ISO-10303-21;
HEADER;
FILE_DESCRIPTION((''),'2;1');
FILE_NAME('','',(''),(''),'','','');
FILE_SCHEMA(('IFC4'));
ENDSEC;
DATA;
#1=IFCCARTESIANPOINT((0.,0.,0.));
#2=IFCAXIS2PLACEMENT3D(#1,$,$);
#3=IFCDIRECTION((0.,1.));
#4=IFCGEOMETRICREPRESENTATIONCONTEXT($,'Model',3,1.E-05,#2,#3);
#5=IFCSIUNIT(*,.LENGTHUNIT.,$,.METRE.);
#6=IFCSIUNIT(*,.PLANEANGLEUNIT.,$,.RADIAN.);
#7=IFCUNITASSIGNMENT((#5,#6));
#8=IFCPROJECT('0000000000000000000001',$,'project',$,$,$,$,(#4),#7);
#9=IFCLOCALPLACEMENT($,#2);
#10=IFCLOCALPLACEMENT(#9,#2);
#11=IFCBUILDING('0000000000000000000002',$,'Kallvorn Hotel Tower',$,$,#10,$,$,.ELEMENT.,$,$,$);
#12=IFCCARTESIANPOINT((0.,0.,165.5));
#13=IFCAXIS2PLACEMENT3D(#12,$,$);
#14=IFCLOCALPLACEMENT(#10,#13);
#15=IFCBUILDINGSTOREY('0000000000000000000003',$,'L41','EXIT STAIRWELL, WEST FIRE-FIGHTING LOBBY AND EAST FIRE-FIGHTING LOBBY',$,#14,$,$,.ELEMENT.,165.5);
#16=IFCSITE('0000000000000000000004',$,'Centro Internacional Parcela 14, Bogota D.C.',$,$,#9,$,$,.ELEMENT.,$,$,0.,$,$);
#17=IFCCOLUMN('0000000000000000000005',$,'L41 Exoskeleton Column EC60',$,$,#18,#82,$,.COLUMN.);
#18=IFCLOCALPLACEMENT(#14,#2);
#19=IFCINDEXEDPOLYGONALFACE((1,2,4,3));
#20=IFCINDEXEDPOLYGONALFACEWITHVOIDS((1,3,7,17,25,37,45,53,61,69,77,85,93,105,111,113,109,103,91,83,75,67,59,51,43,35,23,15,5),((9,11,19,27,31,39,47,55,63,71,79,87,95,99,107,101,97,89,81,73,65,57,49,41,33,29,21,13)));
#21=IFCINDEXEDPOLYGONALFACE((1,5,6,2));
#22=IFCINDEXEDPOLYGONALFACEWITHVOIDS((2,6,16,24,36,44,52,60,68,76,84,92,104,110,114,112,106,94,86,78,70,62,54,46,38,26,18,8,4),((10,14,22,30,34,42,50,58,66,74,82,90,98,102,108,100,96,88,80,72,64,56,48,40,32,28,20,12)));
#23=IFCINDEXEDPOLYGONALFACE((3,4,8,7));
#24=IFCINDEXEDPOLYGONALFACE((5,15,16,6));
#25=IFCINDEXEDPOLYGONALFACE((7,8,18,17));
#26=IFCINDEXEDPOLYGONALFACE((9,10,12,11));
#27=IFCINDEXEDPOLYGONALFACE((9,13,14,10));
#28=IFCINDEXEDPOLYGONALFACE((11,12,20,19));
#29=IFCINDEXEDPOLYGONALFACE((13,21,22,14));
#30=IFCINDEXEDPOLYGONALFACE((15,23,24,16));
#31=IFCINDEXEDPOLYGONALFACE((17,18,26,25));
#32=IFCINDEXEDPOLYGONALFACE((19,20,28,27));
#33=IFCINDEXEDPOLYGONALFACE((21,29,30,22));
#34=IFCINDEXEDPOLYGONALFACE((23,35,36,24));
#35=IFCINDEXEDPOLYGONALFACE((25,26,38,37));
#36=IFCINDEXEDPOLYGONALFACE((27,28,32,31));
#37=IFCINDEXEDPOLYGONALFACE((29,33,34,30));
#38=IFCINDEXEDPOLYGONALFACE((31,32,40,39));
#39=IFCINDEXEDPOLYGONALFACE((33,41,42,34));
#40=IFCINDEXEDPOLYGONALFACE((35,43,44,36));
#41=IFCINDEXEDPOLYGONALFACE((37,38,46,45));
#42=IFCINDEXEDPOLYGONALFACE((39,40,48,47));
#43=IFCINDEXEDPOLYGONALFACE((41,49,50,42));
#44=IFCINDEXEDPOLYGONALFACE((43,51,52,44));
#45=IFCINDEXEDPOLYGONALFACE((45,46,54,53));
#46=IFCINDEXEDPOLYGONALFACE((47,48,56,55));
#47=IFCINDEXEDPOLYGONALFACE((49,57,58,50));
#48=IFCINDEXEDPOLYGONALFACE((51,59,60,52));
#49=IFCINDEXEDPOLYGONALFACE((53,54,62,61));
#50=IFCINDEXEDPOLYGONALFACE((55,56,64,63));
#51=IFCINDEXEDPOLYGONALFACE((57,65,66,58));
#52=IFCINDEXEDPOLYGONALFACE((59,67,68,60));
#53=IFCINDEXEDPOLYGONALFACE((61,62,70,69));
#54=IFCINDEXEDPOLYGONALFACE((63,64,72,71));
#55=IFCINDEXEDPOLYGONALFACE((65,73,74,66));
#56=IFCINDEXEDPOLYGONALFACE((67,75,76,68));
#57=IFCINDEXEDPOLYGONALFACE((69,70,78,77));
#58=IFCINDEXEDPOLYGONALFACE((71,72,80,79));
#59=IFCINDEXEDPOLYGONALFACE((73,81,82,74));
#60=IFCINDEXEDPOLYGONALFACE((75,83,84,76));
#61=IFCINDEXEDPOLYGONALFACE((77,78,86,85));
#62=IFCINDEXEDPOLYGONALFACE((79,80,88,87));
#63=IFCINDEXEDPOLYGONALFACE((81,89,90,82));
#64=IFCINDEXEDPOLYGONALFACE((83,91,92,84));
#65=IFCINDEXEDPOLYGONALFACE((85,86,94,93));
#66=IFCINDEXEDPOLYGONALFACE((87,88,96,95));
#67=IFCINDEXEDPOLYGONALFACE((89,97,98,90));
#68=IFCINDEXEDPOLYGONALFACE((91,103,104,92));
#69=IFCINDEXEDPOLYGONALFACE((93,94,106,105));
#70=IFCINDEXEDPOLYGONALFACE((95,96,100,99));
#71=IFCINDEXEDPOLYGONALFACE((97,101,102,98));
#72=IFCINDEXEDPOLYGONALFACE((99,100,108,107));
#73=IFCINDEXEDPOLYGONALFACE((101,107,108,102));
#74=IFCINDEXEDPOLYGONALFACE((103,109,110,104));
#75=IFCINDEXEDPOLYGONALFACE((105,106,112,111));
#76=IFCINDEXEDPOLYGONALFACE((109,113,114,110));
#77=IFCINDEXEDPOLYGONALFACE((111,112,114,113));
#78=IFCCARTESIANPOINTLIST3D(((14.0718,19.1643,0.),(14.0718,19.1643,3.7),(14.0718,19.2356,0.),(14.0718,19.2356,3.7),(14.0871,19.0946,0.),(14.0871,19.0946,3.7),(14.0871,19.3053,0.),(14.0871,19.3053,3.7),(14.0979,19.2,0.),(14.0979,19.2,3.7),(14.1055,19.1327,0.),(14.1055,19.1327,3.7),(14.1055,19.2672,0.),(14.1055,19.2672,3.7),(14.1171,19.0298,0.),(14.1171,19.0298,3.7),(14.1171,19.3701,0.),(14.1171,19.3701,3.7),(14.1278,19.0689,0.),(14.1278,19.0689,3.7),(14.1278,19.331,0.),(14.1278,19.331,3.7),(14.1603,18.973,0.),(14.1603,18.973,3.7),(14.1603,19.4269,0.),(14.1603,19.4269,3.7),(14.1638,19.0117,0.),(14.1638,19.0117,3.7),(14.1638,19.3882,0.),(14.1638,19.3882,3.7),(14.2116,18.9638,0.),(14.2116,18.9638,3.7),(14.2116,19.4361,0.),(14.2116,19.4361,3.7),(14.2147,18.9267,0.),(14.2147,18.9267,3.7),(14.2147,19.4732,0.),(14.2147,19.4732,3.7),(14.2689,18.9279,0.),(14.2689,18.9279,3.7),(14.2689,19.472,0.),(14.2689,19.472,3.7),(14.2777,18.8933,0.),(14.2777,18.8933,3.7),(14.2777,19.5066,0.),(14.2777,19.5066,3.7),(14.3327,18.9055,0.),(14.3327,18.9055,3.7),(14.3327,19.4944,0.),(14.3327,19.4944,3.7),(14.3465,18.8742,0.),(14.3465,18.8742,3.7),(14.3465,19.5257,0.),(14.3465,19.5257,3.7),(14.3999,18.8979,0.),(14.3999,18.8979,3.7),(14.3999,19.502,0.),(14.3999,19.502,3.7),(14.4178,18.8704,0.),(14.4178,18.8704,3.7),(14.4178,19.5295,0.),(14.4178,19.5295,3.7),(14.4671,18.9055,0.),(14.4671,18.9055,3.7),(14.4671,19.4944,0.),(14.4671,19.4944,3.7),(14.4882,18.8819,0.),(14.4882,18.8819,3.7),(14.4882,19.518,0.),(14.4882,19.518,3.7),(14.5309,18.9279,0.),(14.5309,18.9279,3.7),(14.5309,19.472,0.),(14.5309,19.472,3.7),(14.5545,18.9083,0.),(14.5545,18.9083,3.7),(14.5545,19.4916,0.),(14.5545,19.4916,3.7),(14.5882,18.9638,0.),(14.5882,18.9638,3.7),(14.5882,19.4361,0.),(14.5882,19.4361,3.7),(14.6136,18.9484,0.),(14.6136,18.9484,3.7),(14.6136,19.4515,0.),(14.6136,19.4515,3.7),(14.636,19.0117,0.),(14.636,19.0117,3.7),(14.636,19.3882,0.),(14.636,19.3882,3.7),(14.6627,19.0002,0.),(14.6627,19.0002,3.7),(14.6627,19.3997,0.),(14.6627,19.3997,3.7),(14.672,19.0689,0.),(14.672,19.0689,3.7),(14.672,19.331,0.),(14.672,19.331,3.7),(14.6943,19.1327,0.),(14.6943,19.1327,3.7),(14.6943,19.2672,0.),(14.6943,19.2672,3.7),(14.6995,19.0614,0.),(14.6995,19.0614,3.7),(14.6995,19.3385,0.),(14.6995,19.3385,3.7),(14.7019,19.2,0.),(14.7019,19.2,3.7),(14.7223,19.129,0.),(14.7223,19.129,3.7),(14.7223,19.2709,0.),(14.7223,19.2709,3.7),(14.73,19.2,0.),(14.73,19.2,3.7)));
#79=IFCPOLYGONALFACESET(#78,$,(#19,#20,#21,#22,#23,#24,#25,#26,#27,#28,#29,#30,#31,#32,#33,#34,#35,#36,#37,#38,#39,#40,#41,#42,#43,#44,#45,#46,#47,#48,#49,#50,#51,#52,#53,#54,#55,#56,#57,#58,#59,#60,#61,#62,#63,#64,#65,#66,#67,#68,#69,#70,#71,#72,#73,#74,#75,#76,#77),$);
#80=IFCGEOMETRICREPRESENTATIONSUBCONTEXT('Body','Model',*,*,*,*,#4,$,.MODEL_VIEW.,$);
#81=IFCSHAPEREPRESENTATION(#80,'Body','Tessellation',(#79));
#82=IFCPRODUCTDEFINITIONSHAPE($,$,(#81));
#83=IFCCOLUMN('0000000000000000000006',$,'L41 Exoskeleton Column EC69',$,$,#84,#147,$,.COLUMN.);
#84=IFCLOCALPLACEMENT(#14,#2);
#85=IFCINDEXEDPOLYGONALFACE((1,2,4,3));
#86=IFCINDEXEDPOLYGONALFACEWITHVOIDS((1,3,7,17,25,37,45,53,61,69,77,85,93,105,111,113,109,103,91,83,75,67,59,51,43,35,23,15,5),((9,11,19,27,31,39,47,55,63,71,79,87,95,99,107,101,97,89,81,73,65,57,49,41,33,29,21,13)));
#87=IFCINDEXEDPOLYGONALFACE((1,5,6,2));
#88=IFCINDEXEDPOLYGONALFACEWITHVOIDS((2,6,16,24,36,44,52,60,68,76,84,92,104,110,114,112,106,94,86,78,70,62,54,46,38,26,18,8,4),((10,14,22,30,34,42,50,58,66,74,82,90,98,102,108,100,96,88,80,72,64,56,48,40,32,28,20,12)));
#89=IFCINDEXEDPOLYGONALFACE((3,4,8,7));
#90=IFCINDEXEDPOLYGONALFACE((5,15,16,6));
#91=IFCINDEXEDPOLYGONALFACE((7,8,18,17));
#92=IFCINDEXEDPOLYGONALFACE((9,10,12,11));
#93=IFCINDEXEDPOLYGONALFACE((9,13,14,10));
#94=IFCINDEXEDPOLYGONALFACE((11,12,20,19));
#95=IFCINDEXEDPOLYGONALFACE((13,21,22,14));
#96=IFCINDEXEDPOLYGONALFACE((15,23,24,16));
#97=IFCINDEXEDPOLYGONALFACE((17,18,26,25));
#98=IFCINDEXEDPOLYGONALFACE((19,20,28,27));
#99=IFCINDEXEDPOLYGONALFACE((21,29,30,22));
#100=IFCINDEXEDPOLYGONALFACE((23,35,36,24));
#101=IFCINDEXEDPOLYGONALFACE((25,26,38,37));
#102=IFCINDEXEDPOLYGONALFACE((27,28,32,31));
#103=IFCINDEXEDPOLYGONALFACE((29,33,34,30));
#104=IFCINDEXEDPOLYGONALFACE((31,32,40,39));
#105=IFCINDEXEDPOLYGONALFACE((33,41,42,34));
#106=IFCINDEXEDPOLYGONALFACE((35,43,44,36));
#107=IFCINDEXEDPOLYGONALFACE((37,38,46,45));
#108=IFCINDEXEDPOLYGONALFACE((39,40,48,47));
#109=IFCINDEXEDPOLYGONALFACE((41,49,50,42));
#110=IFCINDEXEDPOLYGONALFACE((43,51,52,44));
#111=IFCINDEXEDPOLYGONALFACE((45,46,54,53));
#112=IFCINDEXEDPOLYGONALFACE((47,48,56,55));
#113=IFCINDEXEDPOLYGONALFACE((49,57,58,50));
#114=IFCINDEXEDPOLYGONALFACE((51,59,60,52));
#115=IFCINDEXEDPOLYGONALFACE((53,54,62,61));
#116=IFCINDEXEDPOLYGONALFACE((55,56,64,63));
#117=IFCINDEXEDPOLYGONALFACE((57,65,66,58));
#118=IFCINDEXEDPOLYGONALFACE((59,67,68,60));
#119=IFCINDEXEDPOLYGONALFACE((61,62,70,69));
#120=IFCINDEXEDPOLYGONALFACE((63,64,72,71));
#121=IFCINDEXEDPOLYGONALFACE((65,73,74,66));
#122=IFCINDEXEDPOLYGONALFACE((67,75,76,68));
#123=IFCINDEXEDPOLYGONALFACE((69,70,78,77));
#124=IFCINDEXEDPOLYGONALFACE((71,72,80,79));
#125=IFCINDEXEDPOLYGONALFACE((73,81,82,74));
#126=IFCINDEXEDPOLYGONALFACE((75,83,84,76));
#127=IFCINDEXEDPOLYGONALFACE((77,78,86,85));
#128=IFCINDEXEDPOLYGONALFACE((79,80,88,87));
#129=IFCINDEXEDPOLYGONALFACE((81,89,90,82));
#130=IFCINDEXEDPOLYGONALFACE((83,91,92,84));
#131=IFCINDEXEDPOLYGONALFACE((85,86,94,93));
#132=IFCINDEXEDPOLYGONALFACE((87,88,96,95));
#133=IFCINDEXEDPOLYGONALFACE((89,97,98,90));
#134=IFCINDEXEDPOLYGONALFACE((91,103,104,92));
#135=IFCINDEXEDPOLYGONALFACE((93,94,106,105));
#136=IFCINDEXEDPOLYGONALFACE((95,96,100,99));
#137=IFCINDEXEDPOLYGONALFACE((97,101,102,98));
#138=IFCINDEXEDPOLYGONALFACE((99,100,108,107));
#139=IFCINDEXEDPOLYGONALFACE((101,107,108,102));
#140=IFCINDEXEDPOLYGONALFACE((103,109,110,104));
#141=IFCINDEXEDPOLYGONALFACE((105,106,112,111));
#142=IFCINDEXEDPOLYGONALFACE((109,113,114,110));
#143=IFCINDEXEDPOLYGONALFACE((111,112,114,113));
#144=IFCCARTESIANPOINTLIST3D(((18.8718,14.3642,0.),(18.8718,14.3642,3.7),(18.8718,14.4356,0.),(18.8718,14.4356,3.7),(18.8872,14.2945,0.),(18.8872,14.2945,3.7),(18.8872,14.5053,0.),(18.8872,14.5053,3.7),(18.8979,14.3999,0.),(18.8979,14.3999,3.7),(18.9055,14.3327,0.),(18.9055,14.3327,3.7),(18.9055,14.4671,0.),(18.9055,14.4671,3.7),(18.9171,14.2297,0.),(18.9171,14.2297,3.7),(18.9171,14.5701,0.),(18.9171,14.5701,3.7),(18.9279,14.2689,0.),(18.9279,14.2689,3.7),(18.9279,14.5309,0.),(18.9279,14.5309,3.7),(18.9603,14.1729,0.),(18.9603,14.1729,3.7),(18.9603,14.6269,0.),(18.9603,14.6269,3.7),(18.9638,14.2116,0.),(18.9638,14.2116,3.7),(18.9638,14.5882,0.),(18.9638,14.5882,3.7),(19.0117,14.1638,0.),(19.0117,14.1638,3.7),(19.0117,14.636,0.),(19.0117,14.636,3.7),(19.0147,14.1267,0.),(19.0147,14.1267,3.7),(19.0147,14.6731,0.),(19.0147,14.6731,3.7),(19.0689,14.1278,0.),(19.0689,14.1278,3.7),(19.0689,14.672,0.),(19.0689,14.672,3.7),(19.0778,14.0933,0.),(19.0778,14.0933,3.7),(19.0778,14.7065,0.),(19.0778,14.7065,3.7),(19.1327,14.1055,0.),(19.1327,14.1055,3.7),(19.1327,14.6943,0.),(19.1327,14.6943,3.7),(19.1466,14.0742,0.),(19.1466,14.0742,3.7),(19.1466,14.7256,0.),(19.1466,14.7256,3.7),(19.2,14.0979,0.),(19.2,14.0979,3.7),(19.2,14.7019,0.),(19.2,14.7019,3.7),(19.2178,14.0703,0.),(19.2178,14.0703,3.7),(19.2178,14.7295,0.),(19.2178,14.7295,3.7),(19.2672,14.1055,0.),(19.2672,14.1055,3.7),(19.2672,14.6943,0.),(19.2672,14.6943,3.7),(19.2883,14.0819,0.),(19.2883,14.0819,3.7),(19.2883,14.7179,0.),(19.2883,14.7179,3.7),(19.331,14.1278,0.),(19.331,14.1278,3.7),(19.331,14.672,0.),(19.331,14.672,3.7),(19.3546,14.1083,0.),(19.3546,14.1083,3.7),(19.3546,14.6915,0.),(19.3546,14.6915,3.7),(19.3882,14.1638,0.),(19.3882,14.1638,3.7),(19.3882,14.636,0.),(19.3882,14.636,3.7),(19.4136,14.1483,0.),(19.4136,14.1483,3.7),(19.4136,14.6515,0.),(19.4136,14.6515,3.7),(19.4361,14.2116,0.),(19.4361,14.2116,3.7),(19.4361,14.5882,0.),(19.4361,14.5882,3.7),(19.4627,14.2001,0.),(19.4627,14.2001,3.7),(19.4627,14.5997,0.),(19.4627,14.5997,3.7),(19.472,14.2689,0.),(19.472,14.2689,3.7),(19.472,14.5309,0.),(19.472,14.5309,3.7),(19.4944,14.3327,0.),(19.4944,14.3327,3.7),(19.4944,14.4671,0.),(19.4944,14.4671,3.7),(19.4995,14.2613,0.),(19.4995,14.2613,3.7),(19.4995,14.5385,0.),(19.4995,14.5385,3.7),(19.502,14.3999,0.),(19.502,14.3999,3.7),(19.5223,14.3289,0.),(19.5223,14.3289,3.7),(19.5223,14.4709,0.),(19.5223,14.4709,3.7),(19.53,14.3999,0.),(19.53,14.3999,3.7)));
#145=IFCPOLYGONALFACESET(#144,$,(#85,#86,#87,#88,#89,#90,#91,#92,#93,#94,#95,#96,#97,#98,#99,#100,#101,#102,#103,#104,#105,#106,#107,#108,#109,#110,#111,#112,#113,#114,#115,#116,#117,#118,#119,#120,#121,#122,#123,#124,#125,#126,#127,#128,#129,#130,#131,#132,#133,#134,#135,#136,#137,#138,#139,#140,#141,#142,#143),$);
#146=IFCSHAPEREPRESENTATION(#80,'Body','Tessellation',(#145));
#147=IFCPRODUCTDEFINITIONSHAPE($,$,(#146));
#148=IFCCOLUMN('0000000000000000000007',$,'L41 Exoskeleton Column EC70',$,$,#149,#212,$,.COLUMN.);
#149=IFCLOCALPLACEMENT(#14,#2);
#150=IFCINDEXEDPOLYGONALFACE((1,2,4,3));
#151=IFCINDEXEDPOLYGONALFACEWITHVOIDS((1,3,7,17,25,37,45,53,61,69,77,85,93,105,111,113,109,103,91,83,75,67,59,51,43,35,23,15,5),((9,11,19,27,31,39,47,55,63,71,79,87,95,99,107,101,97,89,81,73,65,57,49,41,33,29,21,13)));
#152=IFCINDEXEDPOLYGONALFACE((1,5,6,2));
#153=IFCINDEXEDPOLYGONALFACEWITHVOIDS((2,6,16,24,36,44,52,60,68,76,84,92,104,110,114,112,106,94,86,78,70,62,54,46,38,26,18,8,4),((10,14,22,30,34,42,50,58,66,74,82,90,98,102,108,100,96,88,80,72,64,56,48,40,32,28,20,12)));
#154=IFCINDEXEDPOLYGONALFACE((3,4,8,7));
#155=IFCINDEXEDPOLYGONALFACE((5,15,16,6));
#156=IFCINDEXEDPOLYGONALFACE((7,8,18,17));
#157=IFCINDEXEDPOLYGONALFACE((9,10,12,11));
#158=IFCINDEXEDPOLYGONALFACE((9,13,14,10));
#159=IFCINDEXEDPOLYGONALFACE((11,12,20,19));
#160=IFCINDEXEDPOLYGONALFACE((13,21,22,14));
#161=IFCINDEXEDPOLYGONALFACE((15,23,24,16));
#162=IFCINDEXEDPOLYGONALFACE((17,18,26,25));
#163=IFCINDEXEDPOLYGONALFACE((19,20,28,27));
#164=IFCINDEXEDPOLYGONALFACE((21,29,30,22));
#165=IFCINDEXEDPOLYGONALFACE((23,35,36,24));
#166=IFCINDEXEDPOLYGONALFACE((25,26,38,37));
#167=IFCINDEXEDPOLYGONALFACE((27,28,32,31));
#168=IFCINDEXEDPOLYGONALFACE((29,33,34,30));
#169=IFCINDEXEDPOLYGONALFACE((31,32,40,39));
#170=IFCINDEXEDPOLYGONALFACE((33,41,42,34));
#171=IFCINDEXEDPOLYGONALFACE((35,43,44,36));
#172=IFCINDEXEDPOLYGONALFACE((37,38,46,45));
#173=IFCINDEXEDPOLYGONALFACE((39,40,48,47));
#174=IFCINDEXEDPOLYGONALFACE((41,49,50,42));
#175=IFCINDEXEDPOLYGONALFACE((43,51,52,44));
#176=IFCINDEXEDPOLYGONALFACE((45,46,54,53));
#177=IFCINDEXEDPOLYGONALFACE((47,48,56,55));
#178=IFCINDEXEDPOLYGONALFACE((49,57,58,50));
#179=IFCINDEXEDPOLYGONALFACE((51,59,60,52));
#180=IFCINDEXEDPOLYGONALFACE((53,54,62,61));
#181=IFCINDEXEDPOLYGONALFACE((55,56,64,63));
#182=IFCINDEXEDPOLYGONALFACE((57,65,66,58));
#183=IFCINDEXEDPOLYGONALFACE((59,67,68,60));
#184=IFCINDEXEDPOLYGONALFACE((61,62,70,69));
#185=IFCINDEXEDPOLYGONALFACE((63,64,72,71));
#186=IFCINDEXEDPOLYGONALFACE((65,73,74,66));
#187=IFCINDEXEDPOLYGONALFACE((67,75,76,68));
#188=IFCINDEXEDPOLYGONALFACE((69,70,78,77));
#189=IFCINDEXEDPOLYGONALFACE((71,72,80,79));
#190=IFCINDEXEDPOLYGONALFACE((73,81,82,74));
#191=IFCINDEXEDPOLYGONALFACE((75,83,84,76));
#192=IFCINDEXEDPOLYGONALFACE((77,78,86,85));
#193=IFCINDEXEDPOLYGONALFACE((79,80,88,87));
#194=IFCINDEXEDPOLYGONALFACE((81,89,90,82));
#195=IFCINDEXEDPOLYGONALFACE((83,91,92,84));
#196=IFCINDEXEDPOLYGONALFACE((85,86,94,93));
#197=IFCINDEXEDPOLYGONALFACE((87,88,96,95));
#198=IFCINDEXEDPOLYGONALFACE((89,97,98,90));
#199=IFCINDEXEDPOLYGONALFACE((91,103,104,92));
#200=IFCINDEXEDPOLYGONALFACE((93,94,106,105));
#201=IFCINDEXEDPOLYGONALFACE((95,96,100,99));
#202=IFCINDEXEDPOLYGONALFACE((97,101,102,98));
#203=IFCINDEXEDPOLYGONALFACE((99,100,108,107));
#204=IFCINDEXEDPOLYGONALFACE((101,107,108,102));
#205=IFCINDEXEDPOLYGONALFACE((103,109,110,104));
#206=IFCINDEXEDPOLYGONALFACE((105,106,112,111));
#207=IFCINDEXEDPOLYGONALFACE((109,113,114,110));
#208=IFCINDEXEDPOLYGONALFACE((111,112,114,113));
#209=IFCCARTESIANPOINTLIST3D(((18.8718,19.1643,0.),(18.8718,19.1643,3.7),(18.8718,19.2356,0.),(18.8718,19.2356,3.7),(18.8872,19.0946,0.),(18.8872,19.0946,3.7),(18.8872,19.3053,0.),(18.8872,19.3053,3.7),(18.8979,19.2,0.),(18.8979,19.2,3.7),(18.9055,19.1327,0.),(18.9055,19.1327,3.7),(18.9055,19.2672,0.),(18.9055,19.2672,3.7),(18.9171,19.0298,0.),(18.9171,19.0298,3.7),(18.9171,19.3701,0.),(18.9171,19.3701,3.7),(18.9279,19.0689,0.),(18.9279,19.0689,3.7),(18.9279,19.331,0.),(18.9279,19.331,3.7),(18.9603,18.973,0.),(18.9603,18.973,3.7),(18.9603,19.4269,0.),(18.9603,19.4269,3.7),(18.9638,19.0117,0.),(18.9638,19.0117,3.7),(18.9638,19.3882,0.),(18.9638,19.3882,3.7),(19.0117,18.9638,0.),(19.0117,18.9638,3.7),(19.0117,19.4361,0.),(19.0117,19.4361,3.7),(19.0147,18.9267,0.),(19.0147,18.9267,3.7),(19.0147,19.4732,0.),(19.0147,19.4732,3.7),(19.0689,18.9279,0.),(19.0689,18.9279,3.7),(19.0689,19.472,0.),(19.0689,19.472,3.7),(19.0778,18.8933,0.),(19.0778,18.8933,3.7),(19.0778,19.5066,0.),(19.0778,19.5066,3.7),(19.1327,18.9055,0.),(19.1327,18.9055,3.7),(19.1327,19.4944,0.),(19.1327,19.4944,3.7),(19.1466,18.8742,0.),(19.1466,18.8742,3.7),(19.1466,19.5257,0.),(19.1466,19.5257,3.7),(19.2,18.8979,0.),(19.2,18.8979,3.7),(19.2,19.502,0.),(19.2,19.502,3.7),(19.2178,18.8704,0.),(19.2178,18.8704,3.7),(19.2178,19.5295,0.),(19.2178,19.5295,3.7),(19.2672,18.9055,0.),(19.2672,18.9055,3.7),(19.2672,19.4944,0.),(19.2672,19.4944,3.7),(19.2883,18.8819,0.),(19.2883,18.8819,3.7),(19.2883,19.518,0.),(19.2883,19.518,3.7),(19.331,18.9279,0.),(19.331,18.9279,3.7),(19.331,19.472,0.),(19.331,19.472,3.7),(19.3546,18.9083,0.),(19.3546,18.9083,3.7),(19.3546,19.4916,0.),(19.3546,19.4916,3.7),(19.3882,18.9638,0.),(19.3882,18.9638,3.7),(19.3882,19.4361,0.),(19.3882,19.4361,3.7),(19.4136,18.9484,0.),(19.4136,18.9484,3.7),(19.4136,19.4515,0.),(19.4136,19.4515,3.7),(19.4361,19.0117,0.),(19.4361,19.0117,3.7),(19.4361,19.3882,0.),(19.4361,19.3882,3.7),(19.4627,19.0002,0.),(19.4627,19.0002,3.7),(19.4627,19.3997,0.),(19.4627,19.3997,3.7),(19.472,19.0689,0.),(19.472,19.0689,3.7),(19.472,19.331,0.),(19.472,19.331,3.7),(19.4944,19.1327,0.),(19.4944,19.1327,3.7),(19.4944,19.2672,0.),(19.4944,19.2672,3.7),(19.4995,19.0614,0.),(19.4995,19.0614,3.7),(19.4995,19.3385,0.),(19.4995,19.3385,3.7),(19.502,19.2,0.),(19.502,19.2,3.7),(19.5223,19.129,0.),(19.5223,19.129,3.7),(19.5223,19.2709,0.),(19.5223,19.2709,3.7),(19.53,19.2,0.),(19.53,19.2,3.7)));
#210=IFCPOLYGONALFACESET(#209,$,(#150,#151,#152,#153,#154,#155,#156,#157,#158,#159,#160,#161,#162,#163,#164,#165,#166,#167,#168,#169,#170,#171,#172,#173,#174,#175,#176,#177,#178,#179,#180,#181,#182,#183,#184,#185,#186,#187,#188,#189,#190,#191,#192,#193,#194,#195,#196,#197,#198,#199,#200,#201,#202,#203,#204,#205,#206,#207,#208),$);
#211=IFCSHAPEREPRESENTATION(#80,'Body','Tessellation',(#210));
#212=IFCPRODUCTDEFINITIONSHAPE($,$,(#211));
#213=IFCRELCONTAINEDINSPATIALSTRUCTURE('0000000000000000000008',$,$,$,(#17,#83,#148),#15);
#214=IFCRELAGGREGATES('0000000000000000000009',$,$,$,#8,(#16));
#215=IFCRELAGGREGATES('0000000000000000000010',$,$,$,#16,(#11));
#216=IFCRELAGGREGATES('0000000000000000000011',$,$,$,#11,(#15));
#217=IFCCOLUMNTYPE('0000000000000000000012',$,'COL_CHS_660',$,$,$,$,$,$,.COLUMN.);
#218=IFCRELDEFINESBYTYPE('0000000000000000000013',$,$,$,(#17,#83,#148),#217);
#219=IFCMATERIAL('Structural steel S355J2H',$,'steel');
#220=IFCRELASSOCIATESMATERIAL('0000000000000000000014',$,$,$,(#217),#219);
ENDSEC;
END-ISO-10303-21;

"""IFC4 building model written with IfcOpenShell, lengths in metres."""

from ifc_helpers import new_model, si_unit, direction, frame, origin, origin_2d, place, context, subcontext, project, spatial, hollow_circle, extrude, material, material_profile, profile_set, type_object, element, save


model = new_model("IFC4")

# Units and contexts
model_context = context("Model", 3, precision=1e-05, world=origin(), true_north=direction((0.0, 1.0)))
body_context = subcontext(model_context, "Body", "Model", "MODEL_VIEW")
ifc_project = project(units=[si_unit("LENGTHUNIT", "METRE"), si_unit("PLANEANGLEUNIT", "RADIAN")], contexts=[model_context])

# Site, building, storey
site_placement = place(None, origin())
site = spatial("IfcSite", under=ifc_project, at=site_placement, Name="Centro Internacional Parcela 14, Bogota D.C.", CompositionType="ELEMENT", RefElevation=0.0)
building_placement = place(site_placement, origin())
building = spatial("IfcBuilding", under=site, at=building_placement, Name="Kallvorn Hotel Tower", CompositionType="ELEMENT")
storey_placement = place(building_placement, frame((0.0, 0.0, 165.5)))
storey = spatial("IfcBuildingStorey", under=building, at=storey_placement, Name="L41", Description="EXIT STAIRWELL, WEST FIRE-FIGHTING LOBBY AND EAST FIRE-FIGHTING LOBBY", CompositionType="ELEMENT", Elevation=165.5)

# Columns
ifc_material_1 = material(Name="Structural steel S355J2H", Category="steel")
ifc_material_profile_1 = material_profile(ifc_material_1, hollow_circle(Radius=0.3301, WallThickness=0.0281, at=origin_2d()), Name="CHS 660x28")
ifc_profile_set_1 = profile_set([ifc_material_profile_1], Name="Structural steel S355J2H")
column_type_1 = type_object("IfcColumnType", Name="COL_CHS_660", PredefinedType="COLUMN", material=ifc_profile_set_1)
for number, where, z_axis, x_axis, name in (
    (1, (14.3999, 19.2, 0.0), (0.0, 0.0, 1.0), (1.0, 0.0, 0.0), "L41 Exoskeleton Column EC60"),
    (2, (19.2, 14.3999, 0.0), (0.0, 0.0, 1.0), (1.0, 0.0, 0.0), "L41 Exoskeleton Column EC69"),
    (3, (19.2, 19.2, 0.0), (0.0, 0.0, 1.0), (1.0, 0.0, 0.0), "L41 Exoskeleton Column EC70"),
):
    element("IfcColumn", number, at=place(storey_placement, frame(where, z_axis=z_axis, x_axis=x_axis)), inside=storey, type_object=column_type_1, Name=name, PredefinedType="COLUMN", context=body_context, shape_type="SweptSolid", body=[
        extrude(hollow_circle(Radius=0.3301, WallThickness=0.0281, at=origin_2d()), origin(), (0.0, 0.0, 1.0), 3.7),
    ])

save(model, "model.ifc")
